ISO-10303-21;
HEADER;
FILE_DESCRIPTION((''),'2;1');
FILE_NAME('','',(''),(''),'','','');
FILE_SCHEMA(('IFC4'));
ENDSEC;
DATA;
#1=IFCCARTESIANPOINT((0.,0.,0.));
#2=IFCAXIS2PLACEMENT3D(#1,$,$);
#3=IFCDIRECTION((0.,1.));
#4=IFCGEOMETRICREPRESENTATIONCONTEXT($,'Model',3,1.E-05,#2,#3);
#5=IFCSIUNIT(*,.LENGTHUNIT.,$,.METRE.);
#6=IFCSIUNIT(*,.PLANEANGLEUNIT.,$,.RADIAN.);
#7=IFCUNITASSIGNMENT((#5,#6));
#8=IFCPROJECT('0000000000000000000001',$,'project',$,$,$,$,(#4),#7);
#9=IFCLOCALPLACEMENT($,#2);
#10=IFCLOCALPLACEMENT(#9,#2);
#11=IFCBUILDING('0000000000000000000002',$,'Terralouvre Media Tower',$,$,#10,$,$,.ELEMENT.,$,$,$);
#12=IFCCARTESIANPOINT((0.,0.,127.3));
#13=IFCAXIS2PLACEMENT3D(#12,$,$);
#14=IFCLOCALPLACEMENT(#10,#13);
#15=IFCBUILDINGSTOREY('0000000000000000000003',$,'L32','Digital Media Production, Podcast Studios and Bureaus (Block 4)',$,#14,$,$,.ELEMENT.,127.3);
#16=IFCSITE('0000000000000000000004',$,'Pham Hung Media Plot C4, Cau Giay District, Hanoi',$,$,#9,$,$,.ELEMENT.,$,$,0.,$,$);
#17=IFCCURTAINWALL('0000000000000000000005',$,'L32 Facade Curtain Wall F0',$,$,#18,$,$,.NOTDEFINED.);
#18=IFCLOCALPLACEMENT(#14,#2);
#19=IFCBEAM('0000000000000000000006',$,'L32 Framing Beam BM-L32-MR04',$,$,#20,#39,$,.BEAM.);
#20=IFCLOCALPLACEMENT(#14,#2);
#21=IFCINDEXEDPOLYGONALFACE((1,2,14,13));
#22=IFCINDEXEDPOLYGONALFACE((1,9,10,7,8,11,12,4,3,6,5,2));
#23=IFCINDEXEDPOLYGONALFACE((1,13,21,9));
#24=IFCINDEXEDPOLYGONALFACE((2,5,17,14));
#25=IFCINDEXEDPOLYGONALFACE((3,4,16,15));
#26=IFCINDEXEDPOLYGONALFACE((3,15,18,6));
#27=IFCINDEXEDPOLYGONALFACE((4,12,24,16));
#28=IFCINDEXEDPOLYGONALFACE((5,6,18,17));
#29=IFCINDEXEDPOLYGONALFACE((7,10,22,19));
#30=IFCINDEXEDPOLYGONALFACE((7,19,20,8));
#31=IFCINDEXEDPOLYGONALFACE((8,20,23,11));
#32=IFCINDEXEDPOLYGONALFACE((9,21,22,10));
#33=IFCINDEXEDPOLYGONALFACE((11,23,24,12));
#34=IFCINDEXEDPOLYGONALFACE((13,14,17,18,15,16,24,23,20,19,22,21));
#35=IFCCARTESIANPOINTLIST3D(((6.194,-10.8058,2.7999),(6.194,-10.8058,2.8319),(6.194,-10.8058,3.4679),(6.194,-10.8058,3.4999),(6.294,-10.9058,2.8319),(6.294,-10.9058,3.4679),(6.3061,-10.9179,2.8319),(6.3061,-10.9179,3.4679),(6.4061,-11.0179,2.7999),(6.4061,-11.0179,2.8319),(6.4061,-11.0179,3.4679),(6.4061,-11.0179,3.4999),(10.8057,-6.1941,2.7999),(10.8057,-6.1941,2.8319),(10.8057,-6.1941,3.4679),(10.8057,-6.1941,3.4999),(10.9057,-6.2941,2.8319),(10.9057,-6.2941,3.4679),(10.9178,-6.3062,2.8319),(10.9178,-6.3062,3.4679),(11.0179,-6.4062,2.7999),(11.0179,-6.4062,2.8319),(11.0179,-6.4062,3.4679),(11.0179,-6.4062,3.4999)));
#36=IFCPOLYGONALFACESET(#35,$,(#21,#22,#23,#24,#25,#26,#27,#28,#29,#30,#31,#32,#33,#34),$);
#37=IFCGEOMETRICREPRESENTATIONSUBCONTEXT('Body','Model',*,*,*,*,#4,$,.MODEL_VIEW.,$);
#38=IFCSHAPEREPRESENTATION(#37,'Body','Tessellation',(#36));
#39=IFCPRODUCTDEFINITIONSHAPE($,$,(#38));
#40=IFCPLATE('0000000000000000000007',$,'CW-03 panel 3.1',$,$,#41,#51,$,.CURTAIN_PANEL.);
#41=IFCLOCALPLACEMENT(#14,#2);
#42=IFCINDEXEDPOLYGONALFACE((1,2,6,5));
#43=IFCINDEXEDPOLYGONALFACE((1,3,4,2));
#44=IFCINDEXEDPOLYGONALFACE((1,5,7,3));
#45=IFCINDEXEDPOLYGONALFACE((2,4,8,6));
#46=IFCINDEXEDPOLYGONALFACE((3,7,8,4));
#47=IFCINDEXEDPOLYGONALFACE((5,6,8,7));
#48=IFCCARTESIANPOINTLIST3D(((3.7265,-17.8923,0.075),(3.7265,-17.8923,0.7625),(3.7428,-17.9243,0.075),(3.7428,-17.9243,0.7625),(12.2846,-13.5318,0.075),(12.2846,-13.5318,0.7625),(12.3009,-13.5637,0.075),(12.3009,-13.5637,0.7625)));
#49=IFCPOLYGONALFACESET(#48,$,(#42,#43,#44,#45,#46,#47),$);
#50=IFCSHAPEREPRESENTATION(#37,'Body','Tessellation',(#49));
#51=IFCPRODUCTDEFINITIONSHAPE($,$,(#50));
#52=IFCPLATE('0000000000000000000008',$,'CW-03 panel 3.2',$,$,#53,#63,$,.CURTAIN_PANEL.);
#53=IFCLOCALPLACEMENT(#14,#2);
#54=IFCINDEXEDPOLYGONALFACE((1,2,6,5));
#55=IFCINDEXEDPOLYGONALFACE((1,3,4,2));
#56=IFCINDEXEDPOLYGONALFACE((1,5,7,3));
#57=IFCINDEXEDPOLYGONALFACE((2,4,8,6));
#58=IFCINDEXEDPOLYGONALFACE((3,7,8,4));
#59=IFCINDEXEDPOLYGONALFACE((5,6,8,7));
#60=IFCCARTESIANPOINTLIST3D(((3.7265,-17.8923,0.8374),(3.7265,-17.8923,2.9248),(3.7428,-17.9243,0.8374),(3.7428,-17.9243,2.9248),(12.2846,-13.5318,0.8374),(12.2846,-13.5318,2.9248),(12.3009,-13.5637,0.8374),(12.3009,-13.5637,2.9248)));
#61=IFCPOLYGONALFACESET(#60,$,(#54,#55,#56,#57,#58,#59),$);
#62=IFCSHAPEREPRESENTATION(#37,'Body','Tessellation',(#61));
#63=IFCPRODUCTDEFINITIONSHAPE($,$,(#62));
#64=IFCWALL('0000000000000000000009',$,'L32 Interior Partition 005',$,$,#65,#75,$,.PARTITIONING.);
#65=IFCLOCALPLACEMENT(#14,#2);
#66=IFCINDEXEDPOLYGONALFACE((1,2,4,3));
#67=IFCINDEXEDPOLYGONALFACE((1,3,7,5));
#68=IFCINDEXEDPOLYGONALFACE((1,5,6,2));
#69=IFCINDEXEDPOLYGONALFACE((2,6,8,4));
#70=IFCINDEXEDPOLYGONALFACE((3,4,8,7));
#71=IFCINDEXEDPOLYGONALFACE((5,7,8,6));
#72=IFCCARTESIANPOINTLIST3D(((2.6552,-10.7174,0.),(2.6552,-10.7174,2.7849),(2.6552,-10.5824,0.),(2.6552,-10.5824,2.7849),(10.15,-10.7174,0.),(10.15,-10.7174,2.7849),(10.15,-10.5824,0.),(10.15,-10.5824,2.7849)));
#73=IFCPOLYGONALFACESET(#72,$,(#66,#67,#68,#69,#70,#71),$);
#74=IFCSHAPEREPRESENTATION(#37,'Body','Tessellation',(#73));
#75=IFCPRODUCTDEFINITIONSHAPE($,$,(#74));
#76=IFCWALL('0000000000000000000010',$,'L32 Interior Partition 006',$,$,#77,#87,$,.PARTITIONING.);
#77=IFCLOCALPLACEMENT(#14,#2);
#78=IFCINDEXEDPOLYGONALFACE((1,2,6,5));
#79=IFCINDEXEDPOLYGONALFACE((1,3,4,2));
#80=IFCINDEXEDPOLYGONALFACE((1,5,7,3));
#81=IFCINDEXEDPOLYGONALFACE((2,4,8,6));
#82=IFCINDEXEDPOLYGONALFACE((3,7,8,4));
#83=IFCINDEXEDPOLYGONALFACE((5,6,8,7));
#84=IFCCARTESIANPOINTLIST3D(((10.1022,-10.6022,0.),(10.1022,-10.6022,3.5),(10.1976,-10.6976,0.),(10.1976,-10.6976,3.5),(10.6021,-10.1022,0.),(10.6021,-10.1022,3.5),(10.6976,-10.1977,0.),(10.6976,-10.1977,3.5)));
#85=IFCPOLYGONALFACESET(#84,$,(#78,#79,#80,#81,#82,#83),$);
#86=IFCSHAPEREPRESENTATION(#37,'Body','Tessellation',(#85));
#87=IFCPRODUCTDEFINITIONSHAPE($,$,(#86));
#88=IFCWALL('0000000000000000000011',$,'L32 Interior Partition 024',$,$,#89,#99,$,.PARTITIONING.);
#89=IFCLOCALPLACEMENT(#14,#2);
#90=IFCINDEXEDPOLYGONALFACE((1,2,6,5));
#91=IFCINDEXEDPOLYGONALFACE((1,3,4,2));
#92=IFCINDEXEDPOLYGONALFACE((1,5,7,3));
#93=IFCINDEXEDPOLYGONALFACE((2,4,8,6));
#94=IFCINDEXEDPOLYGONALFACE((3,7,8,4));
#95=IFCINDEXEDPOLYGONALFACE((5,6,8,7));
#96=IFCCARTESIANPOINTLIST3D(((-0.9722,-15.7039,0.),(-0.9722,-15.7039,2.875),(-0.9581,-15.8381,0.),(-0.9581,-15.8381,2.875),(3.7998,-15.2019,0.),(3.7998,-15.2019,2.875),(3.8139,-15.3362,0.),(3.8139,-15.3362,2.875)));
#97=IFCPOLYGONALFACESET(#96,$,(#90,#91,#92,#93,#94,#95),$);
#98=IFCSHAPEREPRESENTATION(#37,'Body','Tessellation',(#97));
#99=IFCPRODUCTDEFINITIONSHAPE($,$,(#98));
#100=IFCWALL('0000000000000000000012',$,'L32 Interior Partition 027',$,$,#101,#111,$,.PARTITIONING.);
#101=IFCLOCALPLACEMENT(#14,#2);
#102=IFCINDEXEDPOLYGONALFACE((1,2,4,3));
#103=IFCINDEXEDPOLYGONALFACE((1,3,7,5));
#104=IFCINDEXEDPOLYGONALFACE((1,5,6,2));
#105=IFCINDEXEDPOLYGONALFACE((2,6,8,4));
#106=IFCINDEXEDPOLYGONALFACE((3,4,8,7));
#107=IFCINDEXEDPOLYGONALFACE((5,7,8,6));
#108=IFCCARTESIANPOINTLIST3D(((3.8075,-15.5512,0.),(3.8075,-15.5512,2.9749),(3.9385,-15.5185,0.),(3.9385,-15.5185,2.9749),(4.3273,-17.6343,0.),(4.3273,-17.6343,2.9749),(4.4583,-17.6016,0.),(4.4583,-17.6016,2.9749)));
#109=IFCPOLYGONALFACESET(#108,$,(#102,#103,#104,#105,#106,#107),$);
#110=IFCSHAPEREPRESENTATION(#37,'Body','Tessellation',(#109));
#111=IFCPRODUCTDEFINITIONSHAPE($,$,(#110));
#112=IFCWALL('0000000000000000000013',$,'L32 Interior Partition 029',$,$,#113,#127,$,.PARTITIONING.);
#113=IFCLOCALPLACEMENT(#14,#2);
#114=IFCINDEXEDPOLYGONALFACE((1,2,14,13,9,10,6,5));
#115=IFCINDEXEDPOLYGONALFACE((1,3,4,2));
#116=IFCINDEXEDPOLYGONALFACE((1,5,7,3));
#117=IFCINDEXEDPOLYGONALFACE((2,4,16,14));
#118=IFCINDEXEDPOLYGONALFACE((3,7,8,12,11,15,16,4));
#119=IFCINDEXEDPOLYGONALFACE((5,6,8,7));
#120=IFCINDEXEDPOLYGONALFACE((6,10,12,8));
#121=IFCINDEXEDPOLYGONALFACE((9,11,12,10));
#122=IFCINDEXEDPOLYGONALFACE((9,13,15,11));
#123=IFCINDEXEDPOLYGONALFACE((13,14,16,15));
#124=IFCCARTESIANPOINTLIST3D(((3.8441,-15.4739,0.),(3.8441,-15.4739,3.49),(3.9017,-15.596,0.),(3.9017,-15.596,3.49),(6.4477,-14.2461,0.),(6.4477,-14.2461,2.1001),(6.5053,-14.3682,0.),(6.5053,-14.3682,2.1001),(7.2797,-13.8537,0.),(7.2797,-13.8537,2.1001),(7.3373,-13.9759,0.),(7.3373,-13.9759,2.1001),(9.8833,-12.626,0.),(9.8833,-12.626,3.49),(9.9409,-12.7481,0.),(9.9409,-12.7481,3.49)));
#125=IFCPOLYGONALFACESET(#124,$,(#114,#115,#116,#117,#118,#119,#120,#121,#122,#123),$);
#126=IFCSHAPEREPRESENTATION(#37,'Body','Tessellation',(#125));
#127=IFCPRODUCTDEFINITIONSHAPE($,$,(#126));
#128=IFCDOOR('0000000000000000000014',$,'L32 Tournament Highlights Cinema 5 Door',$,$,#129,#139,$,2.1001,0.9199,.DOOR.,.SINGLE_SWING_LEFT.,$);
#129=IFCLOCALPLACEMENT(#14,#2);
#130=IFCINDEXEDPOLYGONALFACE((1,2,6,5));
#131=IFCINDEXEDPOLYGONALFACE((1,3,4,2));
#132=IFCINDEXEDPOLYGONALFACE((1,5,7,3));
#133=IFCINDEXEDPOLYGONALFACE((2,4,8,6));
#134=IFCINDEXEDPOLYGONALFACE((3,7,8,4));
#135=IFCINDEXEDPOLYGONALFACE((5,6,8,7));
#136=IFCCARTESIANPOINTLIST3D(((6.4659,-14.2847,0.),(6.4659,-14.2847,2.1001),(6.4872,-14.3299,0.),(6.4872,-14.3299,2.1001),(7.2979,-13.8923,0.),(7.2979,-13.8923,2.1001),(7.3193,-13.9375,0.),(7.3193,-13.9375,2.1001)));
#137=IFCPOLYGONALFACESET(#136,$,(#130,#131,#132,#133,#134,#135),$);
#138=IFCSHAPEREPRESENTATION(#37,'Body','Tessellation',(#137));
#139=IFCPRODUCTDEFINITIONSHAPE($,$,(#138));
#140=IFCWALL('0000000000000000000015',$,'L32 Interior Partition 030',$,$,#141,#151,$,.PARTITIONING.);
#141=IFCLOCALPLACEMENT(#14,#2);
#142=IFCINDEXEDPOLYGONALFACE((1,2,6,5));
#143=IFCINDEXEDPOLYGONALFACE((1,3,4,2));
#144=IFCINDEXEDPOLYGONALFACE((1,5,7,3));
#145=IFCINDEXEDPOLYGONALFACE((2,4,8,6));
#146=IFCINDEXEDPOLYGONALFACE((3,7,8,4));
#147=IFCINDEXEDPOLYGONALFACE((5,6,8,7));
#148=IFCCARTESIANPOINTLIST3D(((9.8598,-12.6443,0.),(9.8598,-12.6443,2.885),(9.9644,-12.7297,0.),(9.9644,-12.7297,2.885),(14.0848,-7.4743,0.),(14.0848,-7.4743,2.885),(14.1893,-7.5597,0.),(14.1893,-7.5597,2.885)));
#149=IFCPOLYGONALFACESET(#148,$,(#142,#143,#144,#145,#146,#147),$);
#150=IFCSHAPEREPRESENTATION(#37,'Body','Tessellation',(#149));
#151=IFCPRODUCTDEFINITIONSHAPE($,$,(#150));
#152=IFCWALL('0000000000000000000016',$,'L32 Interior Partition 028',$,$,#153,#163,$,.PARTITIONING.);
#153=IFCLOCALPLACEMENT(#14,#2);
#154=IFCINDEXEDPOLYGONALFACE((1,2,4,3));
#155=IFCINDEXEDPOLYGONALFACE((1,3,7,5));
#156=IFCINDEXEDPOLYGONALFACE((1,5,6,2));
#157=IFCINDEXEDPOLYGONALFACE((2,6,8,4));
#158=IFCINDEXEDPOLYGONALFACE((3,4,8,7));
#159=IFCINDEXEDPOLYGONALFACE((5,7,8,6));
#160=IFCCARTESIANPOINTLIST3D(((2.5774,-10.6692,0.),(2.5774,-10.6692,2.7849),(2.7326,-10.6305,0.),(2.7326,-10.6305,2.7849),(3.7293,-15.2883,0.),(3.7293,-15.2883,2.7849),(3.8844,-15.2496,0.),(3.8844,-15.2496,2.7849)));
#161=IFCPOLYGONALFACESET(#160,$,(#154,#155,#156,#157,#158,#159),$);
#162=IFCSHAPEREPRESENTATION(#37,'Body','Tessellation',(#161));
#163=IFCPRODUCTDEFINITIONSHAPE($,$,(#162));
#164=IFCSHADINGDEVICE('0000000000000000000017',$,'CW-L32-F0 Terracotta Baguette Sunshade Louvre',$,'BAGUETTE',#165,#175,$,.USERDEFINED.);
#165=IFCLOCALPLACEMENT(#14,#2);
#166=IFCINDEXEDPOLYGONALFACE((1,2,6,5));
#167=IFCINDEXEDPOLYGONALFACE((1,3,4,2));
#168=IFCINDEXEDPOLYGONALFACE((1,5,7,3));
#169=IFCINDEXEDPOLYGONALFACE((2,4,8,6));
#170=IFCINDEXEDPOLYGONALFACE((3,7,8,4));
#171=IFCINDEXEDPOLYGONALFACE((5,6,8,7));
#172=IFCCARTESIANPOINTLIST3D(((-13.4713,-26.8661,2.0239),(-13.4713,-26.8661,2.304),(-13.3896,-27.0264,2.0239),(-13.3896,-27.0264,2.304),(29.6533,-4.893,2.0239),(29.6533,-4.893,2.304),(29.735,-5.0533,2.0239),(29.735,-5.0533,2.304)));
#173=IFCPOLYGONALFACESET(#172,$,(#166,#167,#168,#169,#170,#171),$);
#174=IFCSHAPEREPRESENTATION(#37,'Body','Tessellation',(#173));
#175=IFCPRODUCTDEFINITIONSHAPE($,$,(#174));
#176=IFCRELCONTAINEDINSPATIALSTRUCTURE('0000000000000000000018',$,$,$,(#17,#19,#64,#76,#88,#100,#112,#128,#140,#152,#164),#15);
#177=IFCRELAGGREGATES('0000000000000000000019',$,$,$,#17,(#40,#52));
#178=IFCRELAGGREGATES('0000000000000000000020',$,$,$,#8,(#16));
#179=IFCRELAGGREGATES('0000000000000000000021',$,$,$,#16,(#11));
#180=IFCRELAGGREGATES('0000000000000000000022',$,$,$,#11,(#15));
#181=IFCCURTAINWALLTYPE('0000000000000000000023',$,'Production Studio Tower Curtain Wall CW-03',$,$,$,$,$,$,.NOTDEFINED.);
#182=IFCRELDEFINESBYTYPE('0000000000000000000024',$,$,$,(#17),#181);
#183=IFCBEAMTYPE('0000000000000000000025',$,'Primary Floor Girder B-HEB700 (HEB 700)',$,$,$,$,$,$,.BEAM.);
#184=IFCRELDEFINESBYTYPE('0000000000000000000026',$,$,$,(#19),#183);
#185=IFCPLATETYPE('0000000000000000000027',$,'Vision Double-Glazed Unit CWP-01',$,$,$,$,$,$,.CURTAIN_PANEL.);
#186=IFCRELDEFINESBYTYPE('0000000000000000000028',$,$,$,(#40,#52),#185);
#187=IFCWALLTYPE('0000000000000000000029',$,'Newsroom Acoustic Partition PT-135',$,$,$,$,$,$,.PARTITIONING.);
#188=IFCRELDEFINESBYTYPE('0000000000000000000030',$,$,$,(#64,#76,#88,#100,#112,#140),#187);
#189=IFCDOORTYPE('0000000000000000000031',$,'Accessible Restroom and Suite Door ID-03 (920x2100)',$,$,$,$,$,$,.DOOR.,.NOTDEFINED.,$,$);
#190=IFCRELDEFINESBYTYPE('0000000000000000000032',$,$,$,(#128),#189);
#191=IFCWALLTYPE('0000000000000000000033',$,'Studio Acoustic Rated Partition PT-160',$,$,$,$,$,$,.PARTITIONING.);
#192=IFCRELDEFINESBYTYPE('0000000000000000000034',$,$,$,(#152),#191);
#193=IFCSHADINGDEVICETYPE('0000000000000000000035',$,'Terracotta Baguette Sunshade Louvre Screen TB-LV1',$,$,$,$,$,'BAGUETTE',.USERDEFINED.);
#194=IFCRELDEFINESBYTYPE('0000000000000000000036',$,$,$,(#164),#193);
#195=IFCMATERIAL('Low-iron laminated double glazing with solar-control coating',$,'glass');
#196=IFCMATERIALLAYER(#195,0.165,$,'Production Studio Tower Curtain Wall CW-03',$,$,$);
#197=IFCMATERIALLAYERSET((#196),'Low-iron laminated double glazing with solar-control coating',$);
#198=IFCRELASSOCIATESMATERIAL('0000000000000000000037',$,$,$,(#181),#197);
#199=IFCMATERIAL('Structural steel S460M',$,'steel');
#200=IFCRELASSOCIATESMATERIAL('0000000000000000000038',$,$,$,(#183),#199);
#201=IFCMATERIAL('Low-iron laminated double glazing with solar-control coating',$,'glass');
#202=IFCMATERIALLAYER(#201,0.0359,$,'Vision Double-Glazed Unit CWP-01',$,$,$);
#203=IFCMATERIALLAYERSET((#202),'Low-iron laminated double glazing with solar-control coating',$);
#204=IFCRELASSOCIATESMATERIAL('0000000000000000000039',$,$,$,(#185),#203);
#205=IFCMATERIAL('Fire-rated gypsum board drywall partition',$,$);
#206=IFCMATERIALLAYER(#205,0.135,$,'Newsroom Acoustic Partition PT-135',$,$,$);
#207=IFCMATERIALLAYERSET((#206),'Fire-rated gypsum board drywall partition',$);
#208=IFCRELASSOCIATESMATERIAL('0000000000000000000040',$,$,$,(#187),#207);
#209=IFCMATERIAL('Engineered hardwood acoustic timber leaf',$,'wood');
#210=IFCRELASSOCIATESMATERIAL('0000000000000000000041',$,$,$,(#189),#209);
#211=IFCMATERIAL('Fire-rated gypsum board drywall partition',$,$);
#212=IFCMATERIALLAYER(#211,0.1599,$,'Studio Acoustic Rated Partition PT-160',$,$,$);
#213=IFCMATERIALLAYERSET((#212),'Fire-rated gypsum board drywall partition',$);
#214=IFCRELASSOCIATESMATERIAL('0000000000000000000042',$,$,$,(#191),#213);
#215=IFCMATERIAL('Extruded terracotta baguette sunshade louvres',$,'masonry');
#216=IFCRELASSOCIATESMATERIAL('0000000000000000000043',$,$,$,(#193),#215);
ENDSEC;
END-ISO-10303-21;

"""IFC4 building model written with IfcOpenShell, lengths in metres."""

from ifc_helpers import new_model, si_unit, direction, frame, frame_2d, origin, origin_2d, place, context, subcontext, project, spatial, rectangle, i_section, extrude, material, layer, layer_set, material_profile, profile_set, type_object, element, fill, aggregate, save


model = new_model("IFC4")

# Units and contexts
model_context = context("Model", 3, precision=1e-05, world=origin(), true_north=direction((0.0, 1.0)))
body_context = subcontext(model_context, "Body", "Model", "MODEL_VIEW")
ifc_project = project(units=[si_unit("LENGTHUNIT", "METRE"), si_unit("PLANEANGLEUNIT", "RADIAN")], contexts=[model_context])

# Site, building, storey
site_placement = place(None, origin())
site = spatial("IfcSite", under=ifc_project, at=site_placement, Name="Pham Hung Media Plot C4, Cau Giay District, Hanoi", CompositionType="ELEMENT", RefElevation=0.0)
building_placement = place(site_placement, origin())
building = spatial("IfcBuilding", under=site, at=building_placement, Name="Terralouvre Media Tower", CompositionType="ELEMENT")
storey_placement = place(building_placement, frame((0.0, 0.0, 127.3)))
storey = spatial("IfcBuildingStorey", under=building, at=storey_placement, Name="L32", Description="Digital Media Production, Podcast Studios and Bureaus (Block 4)", CompositionType="ELEMENT", Elevation=127.3)

# Curtain wall
ifc_material_1 = material(Name="Low-iron laminated double glazing with solar-control coating", Category="glass")
ifc_layer_1 = layer(ifc_material_1, 0.165, Name="Production Studio Tower Curtain Wall CW-03")
ifc_layer_set_1 = layer_set([ifc_layer_1], Name="Low-iron laminated double glazing with solar-control coating")
curtain_wall_type = type_object("IfcCurtainWallType", Name="Production Studio Tower Curtain Wall CW-03", PredefinedType="NOTDEFINED", material=ifc_layer_set_1)
curtain_wall_placement = place(storey_placement, origin())
curtain_wall = element("IfcCurtainWall", 1, at=curtain_wall_placement, inside=storey, type_object=curtain_wall_type, Name="L32 Facade Curtain Wall F0", PredefinedType="NOTDEFINED")

# Beam
ifc_material_2 = material(Name="Structural steel S460M", Category="steel")
ifc_material_profile_1 = material_profile(ifc_material_2, i_section(OverallWidth=0.3, OverallDepth=0.7, WebThickness=0.0171, FlangeThickness=0.032, at=origin_2d()), Name="HEB 700")
ifc_profile_set_1 = profile_set([ifc_material_profile_1], Name="Structural steel S460M")
beam_type_1 = type_object("IfcBeamType", Name="Primary Floor Girder B-HEB700 (HEB 700)", PredefinedType="BEAM", material=ifc_profile_set_1)
beam_1_placement = place(storey_placement, frame((6.3, -10.9119, 3.1499), z_axis=(0.707107, 0.707107, 0.0), x_axis=(-0.707107, 0.707107, 0.0)))
element("IfcBeam", 2, at=beam_1_placement, inside=storey, type_object=beam_type_1, Name="L32 Framing Beam BM-L32-MR04", PredefinedType="BEAM", context=body_context, shape_type="SweptSolid", body=[
    extrude(i_section(OverallWidth=0.3, OverallDepth=0.7, WebThickness=0.0171, FlangeThickness=0.032, at=origin_2d()), origin(), (0.0, 0.0, 1.0), 6.522),
])

# Plates
ifc_material_3 = material(Name="Low-iron laminated double glazing with solar-control coating", Category="glass")
ifc_layer_2 = layer(ifc_material_3, 0.0359, Name="Vision Double-Glazed Unit CWP-01")
ifc_layer_set_2 = layer_set([ifc_layer_2], Name="Low-iron laminated double glazing with solar-control coating")
plate_type = type_object("IfcPlateType", Name="Vision Double-Glazed Unit CWP-01", PredefinedType="CURTAIN_PANEL", material=ifc_layer_set_2)
plate_1_placement = place(storey_placement, frame((8.0137, -15.728, 0.075), z_axis=(0.0, 0.0, 1.0), x_axis=(0.891007, 0.453991, 0.0)))
plate_1 = element("IfcPlate", 3, at=plate_1_placement, type_object=plate_type, Name="CW-03 panel 3.1", PredefinedType="CURTAIN_PANEL", context=body_context, shape_type="SweptSolid", body=[
    extrude(rectangle(XDim=9.605, YDim=0.0359, at=origin_2d()), origin(), (0.0, 0.0, 1.0), 0.6875),
])
plate_2_placement = place(storey_placement, frame((8.0137, -15.728, 0.8374), z_axis=(0.0, 0.0, 1.0), x_axis=(0.891007, 0.453991, 0.0)))
plate_2 = element("IfcPlate", 4, at=plate_2_placement, type_object=plate_type, Name="CW-03 panel 3.2", PredefinedType="CURTAIN_PANEL", context=body_context, shape_type="SweptSolid", body=[
    extrude(rectangle(XDim=9.605, YDim=0.0359, at=origin_2d()), origin(), (0.0, 0.0, 1.0), 2.0874),
])
aggregate(curtain_wall, [plate_1, plate_2])

# Walls
ifc_material_4 = material(Name="Fire-rated gypsum board drywall partition")
ifc_layer_3 = layer(ifc_material_4, 0.135, Name="Newsroom Acoustic Partition PT-135")
ifc_layer_set_3 = layer_set([ifc_layer_3], Name="Fire-rated gypsum board drywall partition")
wall_type_1 = type_object("IfcWallType", Name="Newsroom Acoustic Partition PT-135", PredefinedType="PARTITIONING", material=ifc_layer_set_3)
wall_1_placement = place(storey_placement, frame((2.655, -10.6499, 0.0), z_axis=(0.0, 0.0, 1.0), x_axis=(1.0, 0.0, 0.0)))
element("IfcWall", 5, at=wall_1_placement, inside=storey, type_object=wall_type_1, Name="L32 Interior Partition 005", PredefinedType="PARTITIONING", context=body_context, shape_type="SweptSolid", body=[
    extrude(rectangle(XDim=7.4949, YDim=0.135, at=frame_2d((3.7476, 0.0))), origin(), (0.0, 0.0, 1.0), 2.7849),
])
wall_2_placement = place(storey_placement, frame((10.1499, -10.6499, 0.0), z_axis=(0.0, 0.0, 1.0), x_axis=(0.707107, 0.707107, 0.0)))
element("IfcWall", 6, at=wall_2_placement, inside=storey, type_object=wall_type_1, Name="L32 Interior Partition 006", PredefinedType="PARTITIONING", context=body_context, shape_type="SweptSolid", body=[
    extrude(rectangle(XDim=0.707, YDim=0.135, at=frame_2d((0.3535, 0.0))), origin(), (0.0, 0.0, 1.0), 3.5),
])
wall_3_placement = place(storey_placement, frame((3.8069, -15.269, 0.0), z_axis=(0.0, 0.0, 1.0), x_axis=(-0.994513, -0.104611, 0.0)))
element("IfcWall", 7, at=wall_3_placement, inside=storey, type_object=wall_type_1, Name="L32 Interior Partition 024", PredefinedType="PARTITIONING", context=body_context, shape_type="SweptSolid", body=[
    extrude(rectangle(XDim=4.7983, YDim=0.135, at=frame_2d((2.3992, 0.0))), origin(), (0.0, 0.0, 1.0), 2.875),
])
wall_4_placement = place(storey_placement, frame((4.3928, -17.6179, 0.0), z_axis=(0.0, 0.0, 1.0), x_axis=(-0.242107, 0.970249, 0.0)))
element("IfcWall", 8, at=wall_4_placement, inside=storey, type_object=wall_type_1, Name="L32 Interior Partition 027", PredefinedType="PARTITIONING", context=body_context, shape_type="SweptSolid", body=[
    extrude(rectangle(XDim=2.147, YDim=0.135, at=frame_2d((1.0735, 0.0))), origin(), (0.0, 0.0, 1.0), 2.9749),
])

# Wall, opening, door
wall_5_placement = place(storey_placement, frame((3.873, -15.5349, 0.0), z_axis=(0.0, 0.0, 1.0), x_axis=(0.904473, 0.426531, 0.0)))
wall_5 = element("IfcWall", 9, at=wall_5_placement, inside=storey, type_object=wall_type_1, Name="L32 Interior Partition 029", PredefinedType="PARTITIONING", context=body_context, shape_type="SweptSolid", body=[
    extrude(rectangle(XDim=6.677, YDim=0.135, at=frame_2d((3.3384, 0.0))), origin(), (0.0, 0.0, 1.0), 3.49),
])
opening_placement = place(wall_5_placement, frame((2.8784, 0.0, 0.0)))
opening = element("IfcOpeningElement", 10, at=opening_placement, cuts=wall_5, PredefinedType="OPENING", context=body_context, shape_type="SweptSolid", body=[
    extrude(rectangle(XDim=0.9199, YDim=2.1001, at=frame_2d((0.46, 1.05))), frame((0.0, 0.0774, 0.0), z_axis=(0.0, -1.0, 0.0), x_axis=(1.0, 0.0, 0.0)), (0.0, 0.0, 1.0), 0.155),
])
ifc_material_5 = material(Name="Engineered hardwood acoustic timber leaf", Category="wood")
door_type = type_object("IfcDoorType", Name="Accessible Restroom and Suite Door ID-03 (920x2100)", OperationType="NOTDEFINED", PredefinedType="DOOR", material=ifc_material_5)
door_placement = place(opening_placement, origin())
door = element("IfcDoor", 11, at=door_placement, inside=storey, type_object=door_type, Name="L32 Tournament Highlights Cinema 5 Door", OperationType="SINGLE_SWING_LEFT", OverallHeight=2.1001, OverallWidth=0.9199, PredefinedType="DOOR", context=body_context, shape_type="SweptSolid", body=[
    extrude(rectangle(XDim=0.9199, YDim=2.1001, at=frame_2d((0.46, 1.05))), frame((0.0, 0.0249, 0.0), z_axis=(0.0, -1.0, 0.0), x_axis=(1.0, 0.0, 0.0)), (0.0, 0.0, 1.0), 0.05),
])
fill(opening, door)

# Walls
wall_6_placement = place(storey_placement, frame((9.9121, -12.687, 0.0), z_axis=(0.0, 0.0, 1.0), x_axis=(0.632782, 0.77433, 0.0)))
element("IfcWall", 12, at=wall_6_placement, inside=storey, type_object=wall_type_1, Name="L32 Interior Partition 030", PredefinedType="PARTITIONING", context=body_context, shape_type="SweptSolid", body=[
    extrude(rectangle(XDim=6.6768, YDim=0.135, at=frame_2d((3.3384, 0.0))), origin(), (0.0, 0.0, 1.0), 2.885),
])
ifc_material_6 = material(Name="Fire-rated gypsum board drywall partition")
ifc_layer_4 = layer(ifc_material_6, 0.1599, Name="Studio Acoustic Rated Partition PT-160")
ifc_layer_set_4 = layer_set([ifc_layer_4], Name="Fire-rated gypsum board drywall partition")
wall_type_2 = type_object("IfcWallType", Name="Studio Acoustic Rated Partition PT-160", PredefinedType="PARTITIONING", material=ifc_layer_set_4)
wall_7_placement = place(storey_placement, frame((3.8069, -15.269, 0.0), z_axis=(0.0, 0.0, 1.0), x_axis=(-0.241956, 0.970287, 0.0)))
element("IfcWall", 13, at=wall_7_placement, inside=storey, type_object=wall_type_2, Name="L32 Interior Partition 028", PredefinedType="PARTITIONING", context=body_context, shape_type="SweptSolid", body=[
    extrude(rectangle(XDim=4.7605, YDim=0.1599, at=frame_2d((2.3804, 0.0))), origin(), (0.0, 0.0, 1.0), 2.7849),
])

# Shading device
ifc_material_7 = material(Name="Extruded terracotta baguette sunshade louvres", Category="masonry")
shading_device_type = type_object("IfcShadingDeviceType", Name="Terracotta Baguette Sunshade Louvre Screen TB-LV1", ElementType="BAGUETTE", PredefinedType="USERDEFINED", material=ifc_material_7)
shading_device_placement = place(storey_placement, frame((8.1318, -15.9597, 2.0239), z_axis=(0.0, 0.0, 1.0), x_axis=(0.891007, 0.453991, 0.0)))
element("IfcShadingDevice", 14, at=shading_device_placement, inside=storey, type_object=shading_device_type, Name="CW-L32-F0 Terracotta Baguette Sunshade Louvre", ObjectType="BAGUETTE", PredefinedType="USERDEFINED", context=body_context, shape_type="SweptSolid", body=[
    extrude(rectangle(XDim=48.3999, YDim=0.1799, at=origin_2d()), origin(), (0.0, 0.0, 1.0), 0.28),
])

save(model, "model.ifc")
